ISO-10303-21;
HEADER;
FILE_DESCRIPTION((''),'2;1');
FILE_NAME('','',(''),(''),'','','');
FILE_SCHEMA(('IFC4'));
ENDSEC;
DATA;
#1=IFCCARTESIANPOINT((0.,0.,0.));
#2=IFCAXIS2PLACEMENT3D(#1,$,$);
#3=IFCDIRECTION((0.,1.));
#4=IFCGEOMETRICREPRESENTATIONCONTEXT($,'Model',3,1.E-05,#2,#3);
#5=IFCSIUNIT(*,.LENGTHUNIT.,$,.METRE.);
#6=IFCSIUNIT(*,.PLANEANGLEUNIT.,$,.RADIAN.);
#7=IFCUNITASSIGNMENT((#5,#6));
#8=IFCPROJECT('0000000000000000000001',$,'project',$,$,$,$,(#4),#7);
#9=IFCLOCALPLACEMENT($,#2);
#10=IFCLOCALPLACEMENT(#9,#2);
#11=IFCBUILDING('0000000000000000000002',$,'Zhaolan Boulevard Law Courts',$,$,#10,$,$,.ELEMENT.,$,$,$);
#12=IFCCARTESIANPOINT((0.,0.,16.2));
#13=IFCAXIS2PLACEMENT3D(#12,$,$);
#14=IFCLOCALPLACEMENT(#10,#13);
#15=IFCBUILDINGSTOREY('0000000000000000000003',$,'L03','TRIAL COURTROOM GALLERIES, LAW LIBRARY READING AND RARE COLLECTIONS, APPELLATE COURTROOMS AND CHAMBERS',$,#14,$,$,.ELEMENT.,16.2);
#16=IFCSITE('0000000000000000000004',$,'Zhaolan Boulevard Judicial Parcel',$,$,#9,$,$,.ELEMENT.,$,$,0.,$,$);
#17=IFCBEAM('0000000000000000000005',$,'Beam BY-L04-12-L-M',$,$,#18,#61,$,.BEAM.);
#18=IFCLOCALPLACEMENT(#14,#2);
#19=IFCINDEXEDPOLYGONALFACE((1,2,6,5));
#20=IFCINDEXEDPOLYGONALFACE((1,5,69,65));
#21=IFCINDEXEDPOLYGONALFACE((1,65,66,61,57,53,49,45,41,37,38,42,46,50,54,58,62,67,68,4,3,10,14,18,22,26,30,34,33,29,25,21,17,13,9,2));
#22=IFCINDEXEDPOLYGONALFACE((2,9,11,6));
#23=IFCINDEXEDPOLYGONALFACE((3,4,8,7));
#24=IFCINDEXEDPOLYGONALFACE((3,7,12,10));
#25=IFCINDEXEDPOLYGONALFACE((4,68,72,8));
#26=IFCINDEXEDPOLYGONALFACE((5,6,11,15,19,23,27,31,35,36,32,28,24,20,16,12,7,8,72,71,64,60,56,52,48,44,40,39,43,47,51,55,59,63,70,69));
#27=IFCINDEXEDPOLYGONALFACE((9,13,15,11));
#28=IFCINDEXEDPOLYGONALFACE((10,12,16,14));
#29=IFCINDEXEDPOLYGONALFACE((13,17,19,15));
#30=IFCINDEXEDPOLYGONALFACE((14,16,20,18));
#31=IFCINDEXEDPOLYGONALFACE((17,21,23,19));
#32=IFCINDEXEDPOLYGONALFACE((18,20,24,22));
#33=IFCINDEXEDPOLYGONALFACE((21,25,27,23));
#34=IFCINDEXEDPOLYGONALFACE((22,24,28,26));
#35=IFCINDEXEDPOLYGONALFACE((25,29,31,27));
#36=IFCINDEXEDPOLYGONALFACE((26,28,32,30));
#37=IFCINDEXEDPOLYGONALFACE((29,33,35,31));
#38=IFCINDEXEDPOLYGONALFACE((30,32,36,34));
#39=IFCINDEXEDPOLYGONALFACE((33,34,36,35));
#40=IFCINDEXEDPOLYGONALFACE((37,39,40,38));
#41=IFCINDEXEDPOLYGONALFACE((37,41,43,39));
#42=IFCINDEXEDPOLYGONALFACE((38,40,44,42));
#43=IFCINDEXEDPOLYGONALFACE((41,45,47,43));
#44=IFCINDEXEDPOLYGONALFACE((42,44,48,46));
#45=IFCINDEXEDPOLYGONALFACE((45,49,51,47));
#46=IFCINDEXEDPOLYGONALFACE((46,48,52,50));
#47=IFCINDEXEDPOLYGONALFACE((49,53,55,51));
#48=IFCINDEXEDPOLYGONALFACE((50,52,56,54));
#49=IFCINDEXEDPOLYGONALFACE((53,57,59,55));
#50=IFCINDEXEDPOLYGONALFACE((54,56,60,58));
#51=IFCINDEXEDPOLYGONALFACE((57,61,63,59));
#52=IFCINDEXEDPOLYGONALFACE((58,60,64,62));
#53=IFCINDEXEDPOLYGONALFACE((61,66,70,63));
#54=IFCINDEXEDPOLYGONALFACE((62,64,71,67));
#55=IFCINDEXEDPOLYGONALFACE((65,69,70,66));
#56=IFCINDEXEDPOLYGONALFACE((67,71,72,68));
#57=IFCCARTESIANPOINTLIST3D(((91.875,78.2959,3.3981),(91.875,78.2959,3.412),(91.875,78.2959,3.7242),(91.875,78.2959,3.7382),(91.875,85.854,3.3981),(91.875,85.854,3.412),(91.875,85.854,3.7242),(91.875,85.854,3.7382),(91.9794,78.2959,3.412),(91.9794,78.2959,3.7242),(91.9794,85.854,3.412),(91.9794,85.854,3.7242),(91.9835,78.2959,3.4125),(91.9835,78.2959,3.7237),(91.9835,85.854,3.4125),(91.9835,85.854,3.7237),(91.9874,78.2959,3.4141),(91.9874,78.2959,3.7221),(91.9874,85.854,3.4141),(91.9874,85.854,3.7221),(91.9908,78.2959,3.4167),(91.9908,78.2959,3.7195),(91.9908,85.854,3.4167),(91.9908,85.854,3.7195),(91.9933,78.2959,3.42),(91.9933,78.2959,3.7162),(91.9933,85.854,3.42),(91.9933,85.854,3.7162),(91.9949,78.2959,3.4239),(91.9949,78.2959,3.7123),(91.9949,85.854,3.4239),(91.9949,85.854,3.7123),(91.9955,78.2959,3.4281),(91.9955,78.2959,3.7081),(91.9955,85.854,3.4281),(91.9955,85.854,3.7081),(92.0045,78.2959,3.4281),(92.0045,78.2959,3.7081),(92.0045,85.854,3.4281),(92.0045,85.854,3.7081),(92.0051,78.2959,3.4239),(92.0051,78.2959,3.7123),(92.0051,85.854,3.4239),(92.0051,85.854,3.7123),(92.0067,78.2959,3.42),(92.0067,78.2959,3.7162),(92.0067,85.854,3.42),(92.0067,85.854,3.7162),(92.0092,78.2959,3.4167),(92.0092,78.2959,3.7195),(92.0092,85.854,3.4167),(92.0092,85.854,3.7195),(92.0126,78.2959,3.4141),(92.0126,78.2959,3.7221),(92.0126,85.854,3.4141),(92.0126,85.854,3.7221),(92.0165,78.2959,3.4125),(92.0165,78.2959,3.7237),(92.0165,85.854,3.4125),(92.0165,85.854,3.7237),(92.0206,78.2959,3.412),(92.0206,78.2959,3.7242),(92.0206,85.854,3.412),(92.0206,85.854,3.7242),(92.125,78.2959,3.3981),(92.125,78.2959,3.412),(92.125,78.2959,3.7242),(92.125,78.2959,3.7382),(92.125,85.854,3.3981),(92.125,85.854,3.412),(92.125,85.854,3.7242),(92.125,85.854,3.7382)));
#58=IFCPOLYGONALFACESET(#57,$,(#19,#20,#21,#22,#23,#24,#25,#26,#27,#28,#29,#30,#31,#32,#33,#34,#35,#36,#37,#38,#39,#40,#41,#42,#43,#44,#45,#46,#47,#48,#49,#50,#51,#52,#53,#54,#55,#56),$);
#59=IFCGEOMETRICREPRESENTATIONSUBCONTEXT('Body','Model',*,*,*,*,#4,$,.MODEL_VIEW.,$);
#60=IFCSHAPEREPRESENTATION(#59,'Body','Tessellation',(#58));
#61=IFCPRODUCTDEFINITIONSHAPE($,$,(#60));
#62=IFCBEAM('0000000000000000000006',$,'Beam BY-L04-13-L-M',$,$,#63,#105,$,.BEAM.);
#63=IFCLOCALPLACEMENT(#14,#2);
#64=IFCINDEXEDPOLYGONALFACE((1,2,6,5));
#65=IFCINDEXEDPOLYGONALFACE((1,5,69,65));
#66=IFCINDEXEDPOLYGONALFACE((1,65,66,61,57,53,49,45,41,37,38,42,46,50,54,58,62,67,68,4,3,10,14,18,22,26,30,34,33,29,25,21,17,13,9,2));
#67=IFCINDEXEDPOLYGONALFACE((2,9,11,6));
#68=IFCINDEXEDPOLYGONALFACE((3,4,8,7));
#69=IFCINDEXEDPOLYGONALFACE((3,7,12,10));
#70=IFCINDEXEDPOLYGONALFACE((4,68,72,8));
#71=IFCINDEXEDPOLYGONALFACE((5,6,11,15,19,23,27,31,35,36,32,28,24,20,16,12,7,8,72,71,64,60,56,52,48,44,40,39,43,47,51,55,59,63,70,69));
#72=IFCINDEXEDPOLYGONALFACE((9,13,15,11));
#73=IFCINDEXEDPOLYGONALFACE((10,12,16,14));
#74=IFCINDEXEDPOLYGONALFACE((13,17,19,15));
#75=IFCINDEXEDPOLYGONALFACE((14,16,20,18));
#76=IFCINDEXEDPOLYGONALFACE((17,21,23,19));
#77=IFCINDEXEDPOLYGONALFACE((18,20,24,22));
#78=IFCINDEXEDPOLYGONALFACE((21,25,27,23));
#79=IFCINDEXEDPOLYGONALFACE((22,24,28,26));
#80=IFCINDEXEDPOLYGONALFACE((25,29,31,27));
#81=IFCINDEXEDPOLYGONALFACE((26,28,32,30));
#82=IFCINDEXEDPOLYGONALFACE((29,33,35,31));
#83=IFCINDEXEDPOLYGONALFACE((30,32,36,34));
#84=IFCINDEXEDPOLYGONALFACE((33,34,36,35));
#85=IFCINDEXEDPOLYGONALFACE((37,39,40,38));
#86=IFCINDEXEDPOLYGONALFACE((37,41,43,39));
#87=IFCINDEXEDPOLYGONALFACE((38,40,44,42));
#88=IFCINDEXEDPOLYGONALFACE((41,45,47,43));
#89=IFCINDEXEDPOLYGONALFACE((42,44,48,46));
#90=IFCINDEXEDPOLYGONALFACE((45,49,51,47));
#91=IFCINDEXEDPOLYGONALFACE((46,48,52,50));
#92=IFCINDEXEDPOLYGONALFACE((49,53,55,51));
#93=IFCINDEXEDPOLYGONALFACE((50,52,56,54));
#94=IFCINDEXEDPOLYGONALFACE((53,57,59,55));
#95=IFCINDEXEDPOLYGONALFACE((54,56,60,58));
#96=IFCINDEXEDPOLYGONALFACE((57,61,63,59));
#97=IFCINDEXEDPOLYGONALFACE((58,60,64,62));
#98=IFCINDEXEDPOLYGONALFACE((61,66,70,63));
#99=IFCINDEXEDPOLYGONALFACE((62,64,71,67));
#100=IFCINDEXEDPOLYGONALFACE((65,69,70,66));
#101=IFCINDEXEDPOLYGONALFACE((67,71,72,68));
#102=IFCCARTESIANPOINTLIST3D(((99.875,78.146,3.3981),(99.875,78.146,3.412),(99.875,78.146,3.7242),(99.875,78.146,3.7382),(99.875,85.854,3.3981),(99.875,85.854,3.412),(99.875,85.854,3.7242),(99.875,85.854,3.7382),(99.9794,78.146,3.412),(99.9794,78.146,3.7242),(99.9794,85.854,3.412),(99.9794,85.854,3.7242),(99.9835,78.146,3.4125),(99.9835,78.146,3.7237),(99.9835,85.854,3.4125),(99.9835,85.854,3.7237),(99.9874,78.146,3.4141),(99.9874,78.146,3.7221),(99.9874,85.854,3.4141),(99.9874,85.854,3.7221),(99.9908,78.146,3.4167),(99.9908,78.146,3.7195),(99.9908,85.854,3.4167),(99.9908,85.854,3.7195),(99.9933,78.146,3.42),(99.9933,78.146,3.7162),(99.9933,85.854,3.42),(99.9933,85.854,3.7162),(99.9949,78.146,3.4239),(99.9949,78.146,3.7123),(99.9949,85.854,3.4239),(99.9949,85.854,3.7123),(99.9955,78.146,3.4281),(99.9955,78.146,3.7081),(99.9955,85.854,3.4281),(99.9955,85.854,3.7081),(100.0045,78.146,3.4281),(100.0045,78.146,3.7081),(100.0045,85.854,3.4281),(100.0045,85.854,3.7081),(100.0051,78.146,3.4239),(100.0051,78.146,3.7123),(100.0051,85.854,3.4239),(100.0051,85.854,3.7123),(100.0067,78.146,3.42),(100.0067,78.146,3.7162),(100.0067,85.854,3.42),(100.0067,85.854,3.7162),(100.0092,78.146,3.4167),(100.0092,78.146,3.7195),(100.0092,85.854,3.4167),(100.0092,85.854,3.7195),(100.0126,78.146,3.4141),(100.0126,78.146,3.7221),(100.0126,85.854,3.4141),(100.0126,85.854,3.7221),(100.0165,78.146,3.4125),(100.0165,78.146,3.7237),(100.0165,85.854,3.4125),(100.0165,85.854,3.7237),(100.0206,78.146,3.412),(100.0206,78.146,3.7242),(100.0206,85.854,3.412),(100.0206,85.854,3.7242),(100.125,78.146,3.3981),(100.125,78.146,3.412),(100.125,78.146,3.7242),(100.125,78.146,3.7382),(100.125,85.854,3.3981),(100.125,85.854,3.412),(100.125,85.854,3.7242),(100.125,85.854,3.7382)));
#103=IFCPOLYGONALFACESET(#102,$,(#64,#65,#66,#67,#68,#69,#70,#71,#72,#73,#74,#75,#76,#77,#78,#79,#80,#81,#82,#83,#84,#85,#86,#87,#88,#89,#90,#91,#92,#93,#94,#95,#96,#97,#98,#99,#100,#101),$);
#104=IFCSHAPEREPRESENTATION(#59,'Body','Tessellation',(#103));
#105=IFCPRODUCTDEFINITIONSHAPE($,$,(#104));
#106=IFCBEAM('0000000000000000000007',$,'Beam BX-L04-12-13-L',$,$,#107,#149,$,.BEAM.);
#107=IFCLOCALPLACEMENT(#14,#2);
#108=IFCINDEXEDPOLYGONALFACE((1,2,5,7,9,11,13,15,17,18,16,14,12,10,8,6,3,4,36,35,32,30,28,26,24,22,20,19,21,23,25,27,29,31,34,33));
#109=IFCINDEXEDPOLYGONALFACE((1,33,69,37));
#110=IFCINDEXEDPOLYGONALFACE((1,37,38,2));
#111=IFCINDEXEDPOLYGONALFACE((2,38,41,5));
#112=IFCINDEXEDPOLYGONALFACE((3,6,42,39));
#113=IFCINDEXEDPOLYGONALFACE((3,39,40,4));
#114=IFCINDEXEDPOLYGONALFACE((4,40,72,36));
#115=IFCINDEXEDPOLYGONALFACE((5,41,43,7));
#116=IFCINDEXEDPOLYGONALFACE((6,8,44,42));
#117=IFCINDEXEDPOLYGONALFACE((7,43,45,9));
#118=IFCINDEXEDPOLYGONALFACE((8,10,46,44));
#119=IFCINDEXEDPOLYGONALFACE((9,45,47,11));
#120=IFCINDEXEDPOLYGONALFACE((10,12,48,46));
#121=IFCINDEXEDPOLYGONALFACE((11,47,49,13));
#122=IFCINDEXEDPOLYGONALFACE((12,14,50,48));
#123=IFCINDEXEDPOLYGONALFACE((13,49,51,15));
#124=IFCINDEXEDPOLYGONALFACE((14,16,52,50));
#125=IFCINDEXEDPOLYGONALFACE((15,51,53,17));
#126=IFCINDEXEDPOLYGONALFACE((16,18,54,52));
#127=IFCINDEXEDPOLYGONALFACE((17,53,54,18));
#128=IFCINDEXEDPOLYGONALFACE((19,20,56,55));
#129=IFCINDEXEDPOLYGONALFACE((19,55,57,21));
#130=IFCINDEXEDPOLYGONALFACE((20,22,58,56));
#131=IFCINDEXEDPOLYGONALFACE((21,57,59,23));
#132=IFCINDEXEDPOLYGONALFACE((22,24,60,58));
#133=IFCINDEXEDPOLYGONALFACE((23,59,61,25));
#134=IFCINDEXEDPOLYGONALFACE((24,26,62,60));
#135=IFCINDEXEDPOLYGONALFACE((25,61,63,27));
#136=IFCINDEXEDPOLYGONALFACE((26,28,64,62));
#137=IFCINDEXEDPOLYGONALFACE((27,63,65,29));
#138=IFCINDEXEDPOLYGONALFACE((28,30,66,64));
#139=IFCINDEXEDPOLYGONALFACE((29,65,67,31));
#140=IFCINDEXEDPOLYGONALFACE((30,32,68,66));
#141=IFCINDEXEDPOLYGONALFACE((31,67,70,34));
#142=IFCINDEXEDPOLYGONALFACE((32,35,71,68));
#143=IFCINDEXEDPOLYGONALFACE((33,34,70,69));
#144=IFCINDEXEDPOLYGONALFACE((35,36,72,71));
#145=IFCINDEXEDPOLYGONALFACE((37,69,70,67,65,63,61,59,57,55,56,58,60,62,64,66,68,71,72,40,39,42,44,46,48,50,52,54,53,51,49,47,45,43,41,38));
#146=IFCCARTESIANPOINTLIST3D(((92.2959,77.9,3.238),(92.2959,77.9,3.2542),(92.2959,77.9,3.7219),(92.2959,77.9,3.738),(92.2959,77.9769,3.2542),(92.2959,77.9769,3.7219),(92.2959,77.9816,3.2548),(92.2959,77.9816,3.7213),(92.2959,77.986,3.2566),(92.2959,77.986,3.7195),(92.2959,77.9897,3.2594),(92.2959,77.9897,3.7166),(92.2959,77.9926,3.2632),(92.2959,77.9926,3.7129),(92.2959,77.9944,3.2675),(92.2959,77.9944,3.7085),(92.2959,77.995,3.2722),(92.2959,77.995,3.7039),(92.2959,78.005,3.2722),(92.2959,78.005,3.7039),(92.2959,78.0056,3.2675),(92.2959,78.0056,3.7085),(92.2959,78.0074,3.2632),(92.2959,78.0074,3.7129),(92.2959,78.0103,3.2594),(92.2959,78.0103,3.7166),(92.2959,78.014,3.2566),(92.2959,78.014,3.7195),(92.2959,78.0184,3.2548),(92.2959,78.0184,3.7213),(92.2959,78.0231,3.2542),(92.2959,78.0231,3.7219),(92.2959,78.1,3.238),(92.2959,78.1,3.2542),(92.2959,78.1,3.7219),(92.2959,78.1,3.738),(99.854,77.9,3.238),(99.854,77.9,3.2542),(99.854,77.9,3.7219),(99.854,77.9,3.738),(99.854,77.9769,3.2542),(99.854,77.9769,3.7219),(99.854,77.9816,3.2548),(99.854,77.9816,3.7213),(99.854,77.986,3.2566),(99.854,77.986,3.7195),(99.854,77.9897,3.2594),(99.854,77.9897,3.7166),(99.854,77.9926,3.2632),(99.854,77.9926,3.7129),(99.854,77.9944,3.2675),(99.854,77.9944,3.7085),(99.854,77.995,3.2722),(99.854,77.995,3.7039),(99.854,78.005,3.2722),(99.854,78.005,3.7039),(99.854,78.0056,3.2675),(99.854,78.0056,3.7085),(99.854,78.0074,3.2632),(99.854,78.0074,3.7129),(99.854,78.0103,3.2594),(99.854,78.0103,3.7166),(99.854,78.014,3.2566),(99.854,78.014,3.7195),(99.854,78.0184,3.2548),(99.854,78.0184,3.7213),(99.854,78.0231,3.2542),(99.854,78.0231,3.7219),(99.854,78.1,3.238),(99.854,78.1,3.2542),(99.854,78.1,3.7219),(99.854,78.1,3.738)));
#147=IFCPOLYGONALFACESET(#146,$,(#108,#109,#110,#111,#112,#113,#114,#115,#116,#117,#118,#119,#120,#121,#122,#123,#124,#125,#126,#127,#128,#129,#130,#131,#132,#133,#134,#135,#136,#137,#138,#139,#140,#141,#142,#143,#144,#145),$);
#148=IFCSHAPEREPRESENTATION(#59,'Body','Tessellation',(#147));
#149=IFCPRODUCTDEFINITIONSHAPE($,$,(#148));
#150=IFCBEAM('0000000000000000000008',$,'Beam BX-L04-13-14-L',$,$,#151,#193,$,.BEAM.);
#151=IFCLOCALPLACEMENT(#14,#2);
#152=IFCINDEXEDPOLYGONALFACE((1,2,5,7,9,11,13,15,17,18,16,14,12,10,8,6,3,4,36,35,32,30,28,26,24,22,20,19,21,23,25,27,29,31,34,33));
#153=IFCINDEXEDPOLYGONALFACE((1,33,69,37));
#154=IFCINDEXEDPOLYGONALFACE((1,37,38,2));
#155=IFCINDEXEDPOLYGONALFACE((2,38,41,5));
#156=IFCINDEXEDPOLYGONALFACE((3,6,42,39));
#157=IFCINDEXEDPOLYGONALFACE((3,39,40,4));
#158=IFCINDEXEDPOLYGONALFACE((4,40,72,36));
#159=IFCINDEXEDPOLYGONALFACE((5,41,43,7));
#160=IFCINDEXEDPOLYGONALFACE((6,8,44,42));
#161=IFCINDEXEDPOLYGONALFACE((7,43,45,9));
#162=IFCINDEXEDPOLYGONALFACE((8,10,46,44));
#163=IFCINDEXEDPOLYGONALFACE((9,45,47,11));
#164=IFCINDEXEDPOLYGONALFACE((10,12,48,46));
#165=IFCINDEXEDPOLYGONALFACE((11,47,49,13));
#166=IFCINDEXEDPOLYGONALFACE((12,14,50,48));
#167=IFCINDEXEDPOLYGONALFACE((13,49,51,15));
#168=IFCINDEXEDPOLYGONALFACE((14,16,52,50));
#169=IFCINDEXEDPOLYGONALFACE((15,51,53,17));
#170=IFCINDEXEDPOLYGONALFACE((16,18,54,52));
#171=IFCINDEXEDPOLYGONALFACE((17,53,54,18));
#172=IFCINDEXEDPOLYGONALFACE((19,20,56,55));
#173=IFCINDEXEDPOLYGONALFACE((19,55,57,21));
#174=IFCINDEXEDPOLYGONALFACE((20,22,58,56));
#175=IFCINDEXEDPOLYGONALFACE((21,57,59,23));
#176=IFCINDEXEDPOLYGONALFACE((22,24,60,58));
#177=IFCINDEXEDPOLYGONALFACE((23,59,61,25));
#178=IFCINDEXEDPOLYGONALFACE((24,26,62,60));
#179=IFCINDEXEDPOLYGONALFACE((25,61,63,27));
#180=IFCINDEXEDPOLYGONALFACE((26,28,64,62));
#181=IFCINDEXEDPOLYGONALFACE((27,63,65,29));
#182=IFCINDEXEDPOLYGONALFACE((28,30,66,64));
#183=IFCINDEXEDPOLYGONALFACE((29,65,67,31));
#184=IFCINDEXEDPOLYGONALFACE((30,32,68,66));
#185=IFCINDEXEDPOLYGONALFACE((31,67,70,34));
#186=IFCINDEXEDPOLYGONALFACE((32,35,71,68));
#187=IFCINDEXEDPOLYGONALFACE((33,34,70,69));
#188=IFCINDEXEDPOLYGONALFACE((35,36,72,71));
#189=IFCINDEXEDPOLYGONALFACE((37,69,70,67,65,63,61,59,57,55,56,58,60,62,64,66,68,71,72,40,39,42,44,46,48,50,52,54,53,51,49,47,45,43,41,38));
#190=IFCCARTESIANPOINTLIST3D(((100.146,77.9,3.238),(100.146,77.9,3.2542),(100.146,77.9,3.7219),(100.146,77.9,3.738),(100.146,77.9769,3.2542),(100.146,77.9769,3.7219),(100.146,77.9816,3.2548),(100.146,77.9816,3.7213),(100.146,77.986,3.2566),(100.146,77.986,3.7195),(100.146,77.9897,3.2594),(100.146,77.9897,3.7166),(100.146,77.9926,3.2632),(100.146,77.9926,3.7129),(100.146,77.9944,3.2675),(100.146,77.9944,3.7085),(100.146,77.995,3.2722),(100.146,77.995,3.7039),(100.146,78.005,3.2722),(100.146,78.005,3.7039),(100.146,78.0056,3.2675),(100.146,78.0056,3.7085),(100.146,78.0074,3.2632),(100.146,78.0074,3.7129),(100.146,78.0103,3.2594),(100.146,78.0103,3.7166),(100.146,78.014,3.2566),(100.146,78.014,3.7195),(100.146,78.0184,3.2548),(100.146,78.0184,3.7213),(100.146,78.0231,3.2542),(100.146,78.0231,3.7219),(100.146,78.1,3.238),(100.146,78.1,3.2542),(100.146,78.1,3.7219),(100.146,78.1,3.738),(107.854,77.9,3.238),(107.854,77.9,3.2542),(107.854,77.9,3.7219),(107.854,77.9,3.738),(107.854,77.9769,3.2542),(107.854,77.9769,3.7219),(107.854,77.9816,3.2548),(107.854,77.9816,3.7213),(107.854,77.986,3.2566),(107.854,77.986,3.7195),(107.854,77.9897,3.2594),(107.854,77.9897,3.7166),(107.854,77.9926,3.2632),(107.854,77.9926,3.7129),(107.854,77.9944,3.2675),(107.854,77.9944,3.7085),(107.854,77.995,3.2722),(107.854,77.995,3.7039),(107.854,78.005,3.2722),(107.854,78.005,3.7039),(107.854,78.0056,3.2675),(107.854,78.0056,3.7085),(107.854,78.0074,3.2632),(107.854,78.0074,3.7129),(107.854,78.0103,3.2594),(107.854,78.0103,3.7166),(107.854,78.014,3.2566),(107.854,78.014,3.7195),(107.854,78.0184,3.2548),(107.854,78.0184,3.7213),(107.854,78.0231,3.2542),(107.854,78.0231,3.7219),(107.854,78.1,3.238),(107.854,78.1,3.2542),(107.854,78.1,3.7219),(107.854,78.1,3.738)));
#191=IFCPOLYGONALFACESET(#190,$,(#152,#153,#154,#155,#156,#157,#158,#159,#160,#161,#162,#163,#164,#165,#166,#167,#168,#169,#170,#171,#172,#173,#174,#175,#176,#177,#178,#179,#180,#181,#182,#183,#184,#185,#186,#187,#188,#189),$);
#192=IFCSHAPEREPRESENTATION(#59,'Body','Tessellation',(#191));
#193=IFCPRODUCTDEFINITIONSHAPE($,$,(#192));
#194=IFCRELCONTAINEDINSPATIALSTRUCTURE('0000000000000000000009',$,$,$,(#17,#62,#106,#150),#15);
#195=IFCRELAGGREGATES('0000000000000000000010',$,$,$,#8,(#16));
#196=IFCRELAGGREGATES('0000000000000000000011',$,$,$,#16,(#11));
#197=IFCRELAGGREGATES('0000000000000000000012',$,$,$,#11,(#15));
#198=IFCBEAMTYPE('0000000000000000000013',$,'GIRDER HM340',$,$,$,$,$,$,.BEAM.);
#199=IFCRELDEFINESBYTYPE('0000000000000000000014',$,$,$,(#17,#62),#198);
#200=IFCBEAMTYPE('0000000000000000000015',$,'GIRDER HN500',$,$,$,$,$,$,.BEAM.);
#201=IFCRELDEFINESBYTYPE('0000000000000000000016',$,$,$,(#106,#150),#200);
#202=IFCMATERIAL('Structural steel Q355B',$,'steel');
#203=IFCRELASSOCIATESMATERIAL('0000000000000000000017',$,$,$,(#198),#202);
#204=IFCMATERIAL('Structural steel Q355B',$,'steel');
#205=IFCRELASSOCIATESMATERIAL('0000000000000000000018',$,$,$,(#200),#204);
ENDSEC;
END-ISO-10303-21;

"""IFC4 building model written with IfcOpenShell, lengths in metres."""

from ifc_helpers import new_model, si_unit, direction, frame, origin, origin_2d, place, context, subcontext, project, spatial, i_section, extrude, material, material_profile, profile_set, type_object, element, save


model = new_model("IFC4")

# Units and contexts
model_context = context("Model", 3, precision=1e-05, world=origin(), true_north=direction((0.0, 1.0)))
body_context = subcontext(model_context, "Body", "Model", "MODEL_VIEW")
ifc_project = project(units=[si_unit("LENGTHUNIT", "METRE"), si_unit("PLANEANGLEUNIT", "RADIAN")], contexts=[model_context])

# Site, building, storey
site_placement = place(None, origin())
site = spatial("IfcSite", under=ifc_project, at=site_placement, Name="Zhaolan Boulevard Judicial Parcel", CompositionType="ELEMENT", RefElevation=0.0)
building_placement = place(site_placement, origin())
building = spatial("IfcBuilding", under=site, at=building_placement, Name="Zhaolan Boulevard Law Courts", CompositionType="ELEMENT")
storey_placement = place(building_placement, frame((0.0, 0.0, 16.2)))
storey = spatial("IfcBuildingStorey", under=building, at=storey_placement, Name="L03", Description="TRIAL COURTROOM GALLERIES, LAW LIBRARY READING AND RARE COLLECTIONS, APPELLATE COURTROOMS AND CHAMBERS", CompositionType="ELEMENT", Elevation=16.2)

# Beams
ifc_material_1 = material(Name="Structural steel Q355B", Category="steel")
ifc_material_profile_1 = material_profile(ifc_material_1, i_section(OverallWidth=0.25, OverallDepth=0.3401, WebThickness=0.009, FlangeThickness=0.0139, FilletRadius=0.0161, at=origin_2d()), Name="HM340x250")
ifc_profile_set_1 = profile_set([ifc_material_profile_1], Name="Structural steel Q355B")
beam_type_1 = type_object("IfcBeamType", Name="GIRDER HM340", PredefinedType="BEAM", material=ifc_profile_set_1)
beam_1_placement = place(storey_placement, frame((92.0, 78.2959, 3.5681), z_axis=(0.0, 1.0, 0.0), x_axis=(-1.0, 0.0, 0.0)))
element("IfcBeam", 1, at=beam_1_placement, inside=storey, type_object=beam_type_1, Name="Beam BY-L04-12-L-M", PredefinedType="BEAM", context=body_context, shape_type="SweptSolid", body=[
    extrude(i_section(OverallWidth=0.25, OverallDepth=0.3401, WebThickness=0.009, FlangeThickness=0.0139, FilletRadius=0.0161, at=origin_2d()), origin(), (0.0, 0.0, 1.0), 7.5581),
])
beam_2_placement = place(storey_placement, frame((100.0, 78.146, 3.5681), z_axis=(0.0, 1.0, 0.0), x_axis=(-1.0, 0.0, 0.0)))
element("IfcBeam", 2, at=beam_2_placement, inside=storey, type_object=beam_type_1, Name="Beam BY-L04-13-L-M", PredefinedType="BEAM", context=body_context, shape_type="SweptSolid", body=[
    extrude(i_section(OverallWidth=0.25, OverallDepth=0.3401, WebThickness=0.009, FlangeThickness=0.0139, FilletRadius=0.0161, at=origin_2d()), origin(), (0.0, 0.0, 1.0), 7.708),
])
ifc_material_2 = material(Name="Structural steel Q355B", Category="steel")
ifc_material_profile_2 = material_profile(ifc_material_2, i_section(OverallWidth=0.2, OverallDepth=0.5, WebThickness=0.01, FlangeThickness=0.0161, FilletRadius=0.0181, at=origin_2d()), Name="HN500x200")
ifc_profile_set_2 = profile_set([ifc_material_profile_2], Name="Structural steel Q355B")
beam_type_2 = type_object("IfcBeamType", Name="GIRDER HN500", PredefinedType="BEAM", material=ifc_profile_set_2)
beam_3_placement = place(storey_placement, frame((92.2959, 78.0, 3.488), z_axis=(1.0, 0.0, 0.0), x_axis=(0.0, 1.0, 0.0)))
element("IfcBeam", 3, at=beam_3_placement, inside=storey, type_object=beam_type_2, Name="Beam BX-L04-12-13-L", PredefinedType="BEAM", context=body_context, shape_type="SweptSolid", body=[
    extrude(i_section(OverallWidth=0.2, OverallDepth=0.5, WebThickness=0.01, FlangeThickness=0.0161, FilletRadius=0.0181, at=origin_2d()), origin(), (0.0, 0.0, 1.0), 7.5581),
])
for number, where, z_axis, x_axis, name in (
    (4, (100.146, 78.0, 3.488), (1.0, 0.0, 0.0), (0.0, 1.0, 0.0), "Beam BX-L04-13-14-L"),
):
    element("IfcBeam", number, at=place(storey_placement, frame(where, z_axis=z_axis, x_axis=x_axis)), inside=storey, type_object=beam_type_2, Name=name, PredefinedType="BEAM", context=body_context, shape_type="SweptSolid", body=[
        extrude(i_section(OverallWidth=0.2, OverallDepth=0.5, WebThickness=0.01, FlangeThickness=0.0161, FilletRadius=0.0181, at=origin_2d()), origin(), (0.0, 0.0, 1.0), 7.708),
    ])

save(model, "model.ifc")
